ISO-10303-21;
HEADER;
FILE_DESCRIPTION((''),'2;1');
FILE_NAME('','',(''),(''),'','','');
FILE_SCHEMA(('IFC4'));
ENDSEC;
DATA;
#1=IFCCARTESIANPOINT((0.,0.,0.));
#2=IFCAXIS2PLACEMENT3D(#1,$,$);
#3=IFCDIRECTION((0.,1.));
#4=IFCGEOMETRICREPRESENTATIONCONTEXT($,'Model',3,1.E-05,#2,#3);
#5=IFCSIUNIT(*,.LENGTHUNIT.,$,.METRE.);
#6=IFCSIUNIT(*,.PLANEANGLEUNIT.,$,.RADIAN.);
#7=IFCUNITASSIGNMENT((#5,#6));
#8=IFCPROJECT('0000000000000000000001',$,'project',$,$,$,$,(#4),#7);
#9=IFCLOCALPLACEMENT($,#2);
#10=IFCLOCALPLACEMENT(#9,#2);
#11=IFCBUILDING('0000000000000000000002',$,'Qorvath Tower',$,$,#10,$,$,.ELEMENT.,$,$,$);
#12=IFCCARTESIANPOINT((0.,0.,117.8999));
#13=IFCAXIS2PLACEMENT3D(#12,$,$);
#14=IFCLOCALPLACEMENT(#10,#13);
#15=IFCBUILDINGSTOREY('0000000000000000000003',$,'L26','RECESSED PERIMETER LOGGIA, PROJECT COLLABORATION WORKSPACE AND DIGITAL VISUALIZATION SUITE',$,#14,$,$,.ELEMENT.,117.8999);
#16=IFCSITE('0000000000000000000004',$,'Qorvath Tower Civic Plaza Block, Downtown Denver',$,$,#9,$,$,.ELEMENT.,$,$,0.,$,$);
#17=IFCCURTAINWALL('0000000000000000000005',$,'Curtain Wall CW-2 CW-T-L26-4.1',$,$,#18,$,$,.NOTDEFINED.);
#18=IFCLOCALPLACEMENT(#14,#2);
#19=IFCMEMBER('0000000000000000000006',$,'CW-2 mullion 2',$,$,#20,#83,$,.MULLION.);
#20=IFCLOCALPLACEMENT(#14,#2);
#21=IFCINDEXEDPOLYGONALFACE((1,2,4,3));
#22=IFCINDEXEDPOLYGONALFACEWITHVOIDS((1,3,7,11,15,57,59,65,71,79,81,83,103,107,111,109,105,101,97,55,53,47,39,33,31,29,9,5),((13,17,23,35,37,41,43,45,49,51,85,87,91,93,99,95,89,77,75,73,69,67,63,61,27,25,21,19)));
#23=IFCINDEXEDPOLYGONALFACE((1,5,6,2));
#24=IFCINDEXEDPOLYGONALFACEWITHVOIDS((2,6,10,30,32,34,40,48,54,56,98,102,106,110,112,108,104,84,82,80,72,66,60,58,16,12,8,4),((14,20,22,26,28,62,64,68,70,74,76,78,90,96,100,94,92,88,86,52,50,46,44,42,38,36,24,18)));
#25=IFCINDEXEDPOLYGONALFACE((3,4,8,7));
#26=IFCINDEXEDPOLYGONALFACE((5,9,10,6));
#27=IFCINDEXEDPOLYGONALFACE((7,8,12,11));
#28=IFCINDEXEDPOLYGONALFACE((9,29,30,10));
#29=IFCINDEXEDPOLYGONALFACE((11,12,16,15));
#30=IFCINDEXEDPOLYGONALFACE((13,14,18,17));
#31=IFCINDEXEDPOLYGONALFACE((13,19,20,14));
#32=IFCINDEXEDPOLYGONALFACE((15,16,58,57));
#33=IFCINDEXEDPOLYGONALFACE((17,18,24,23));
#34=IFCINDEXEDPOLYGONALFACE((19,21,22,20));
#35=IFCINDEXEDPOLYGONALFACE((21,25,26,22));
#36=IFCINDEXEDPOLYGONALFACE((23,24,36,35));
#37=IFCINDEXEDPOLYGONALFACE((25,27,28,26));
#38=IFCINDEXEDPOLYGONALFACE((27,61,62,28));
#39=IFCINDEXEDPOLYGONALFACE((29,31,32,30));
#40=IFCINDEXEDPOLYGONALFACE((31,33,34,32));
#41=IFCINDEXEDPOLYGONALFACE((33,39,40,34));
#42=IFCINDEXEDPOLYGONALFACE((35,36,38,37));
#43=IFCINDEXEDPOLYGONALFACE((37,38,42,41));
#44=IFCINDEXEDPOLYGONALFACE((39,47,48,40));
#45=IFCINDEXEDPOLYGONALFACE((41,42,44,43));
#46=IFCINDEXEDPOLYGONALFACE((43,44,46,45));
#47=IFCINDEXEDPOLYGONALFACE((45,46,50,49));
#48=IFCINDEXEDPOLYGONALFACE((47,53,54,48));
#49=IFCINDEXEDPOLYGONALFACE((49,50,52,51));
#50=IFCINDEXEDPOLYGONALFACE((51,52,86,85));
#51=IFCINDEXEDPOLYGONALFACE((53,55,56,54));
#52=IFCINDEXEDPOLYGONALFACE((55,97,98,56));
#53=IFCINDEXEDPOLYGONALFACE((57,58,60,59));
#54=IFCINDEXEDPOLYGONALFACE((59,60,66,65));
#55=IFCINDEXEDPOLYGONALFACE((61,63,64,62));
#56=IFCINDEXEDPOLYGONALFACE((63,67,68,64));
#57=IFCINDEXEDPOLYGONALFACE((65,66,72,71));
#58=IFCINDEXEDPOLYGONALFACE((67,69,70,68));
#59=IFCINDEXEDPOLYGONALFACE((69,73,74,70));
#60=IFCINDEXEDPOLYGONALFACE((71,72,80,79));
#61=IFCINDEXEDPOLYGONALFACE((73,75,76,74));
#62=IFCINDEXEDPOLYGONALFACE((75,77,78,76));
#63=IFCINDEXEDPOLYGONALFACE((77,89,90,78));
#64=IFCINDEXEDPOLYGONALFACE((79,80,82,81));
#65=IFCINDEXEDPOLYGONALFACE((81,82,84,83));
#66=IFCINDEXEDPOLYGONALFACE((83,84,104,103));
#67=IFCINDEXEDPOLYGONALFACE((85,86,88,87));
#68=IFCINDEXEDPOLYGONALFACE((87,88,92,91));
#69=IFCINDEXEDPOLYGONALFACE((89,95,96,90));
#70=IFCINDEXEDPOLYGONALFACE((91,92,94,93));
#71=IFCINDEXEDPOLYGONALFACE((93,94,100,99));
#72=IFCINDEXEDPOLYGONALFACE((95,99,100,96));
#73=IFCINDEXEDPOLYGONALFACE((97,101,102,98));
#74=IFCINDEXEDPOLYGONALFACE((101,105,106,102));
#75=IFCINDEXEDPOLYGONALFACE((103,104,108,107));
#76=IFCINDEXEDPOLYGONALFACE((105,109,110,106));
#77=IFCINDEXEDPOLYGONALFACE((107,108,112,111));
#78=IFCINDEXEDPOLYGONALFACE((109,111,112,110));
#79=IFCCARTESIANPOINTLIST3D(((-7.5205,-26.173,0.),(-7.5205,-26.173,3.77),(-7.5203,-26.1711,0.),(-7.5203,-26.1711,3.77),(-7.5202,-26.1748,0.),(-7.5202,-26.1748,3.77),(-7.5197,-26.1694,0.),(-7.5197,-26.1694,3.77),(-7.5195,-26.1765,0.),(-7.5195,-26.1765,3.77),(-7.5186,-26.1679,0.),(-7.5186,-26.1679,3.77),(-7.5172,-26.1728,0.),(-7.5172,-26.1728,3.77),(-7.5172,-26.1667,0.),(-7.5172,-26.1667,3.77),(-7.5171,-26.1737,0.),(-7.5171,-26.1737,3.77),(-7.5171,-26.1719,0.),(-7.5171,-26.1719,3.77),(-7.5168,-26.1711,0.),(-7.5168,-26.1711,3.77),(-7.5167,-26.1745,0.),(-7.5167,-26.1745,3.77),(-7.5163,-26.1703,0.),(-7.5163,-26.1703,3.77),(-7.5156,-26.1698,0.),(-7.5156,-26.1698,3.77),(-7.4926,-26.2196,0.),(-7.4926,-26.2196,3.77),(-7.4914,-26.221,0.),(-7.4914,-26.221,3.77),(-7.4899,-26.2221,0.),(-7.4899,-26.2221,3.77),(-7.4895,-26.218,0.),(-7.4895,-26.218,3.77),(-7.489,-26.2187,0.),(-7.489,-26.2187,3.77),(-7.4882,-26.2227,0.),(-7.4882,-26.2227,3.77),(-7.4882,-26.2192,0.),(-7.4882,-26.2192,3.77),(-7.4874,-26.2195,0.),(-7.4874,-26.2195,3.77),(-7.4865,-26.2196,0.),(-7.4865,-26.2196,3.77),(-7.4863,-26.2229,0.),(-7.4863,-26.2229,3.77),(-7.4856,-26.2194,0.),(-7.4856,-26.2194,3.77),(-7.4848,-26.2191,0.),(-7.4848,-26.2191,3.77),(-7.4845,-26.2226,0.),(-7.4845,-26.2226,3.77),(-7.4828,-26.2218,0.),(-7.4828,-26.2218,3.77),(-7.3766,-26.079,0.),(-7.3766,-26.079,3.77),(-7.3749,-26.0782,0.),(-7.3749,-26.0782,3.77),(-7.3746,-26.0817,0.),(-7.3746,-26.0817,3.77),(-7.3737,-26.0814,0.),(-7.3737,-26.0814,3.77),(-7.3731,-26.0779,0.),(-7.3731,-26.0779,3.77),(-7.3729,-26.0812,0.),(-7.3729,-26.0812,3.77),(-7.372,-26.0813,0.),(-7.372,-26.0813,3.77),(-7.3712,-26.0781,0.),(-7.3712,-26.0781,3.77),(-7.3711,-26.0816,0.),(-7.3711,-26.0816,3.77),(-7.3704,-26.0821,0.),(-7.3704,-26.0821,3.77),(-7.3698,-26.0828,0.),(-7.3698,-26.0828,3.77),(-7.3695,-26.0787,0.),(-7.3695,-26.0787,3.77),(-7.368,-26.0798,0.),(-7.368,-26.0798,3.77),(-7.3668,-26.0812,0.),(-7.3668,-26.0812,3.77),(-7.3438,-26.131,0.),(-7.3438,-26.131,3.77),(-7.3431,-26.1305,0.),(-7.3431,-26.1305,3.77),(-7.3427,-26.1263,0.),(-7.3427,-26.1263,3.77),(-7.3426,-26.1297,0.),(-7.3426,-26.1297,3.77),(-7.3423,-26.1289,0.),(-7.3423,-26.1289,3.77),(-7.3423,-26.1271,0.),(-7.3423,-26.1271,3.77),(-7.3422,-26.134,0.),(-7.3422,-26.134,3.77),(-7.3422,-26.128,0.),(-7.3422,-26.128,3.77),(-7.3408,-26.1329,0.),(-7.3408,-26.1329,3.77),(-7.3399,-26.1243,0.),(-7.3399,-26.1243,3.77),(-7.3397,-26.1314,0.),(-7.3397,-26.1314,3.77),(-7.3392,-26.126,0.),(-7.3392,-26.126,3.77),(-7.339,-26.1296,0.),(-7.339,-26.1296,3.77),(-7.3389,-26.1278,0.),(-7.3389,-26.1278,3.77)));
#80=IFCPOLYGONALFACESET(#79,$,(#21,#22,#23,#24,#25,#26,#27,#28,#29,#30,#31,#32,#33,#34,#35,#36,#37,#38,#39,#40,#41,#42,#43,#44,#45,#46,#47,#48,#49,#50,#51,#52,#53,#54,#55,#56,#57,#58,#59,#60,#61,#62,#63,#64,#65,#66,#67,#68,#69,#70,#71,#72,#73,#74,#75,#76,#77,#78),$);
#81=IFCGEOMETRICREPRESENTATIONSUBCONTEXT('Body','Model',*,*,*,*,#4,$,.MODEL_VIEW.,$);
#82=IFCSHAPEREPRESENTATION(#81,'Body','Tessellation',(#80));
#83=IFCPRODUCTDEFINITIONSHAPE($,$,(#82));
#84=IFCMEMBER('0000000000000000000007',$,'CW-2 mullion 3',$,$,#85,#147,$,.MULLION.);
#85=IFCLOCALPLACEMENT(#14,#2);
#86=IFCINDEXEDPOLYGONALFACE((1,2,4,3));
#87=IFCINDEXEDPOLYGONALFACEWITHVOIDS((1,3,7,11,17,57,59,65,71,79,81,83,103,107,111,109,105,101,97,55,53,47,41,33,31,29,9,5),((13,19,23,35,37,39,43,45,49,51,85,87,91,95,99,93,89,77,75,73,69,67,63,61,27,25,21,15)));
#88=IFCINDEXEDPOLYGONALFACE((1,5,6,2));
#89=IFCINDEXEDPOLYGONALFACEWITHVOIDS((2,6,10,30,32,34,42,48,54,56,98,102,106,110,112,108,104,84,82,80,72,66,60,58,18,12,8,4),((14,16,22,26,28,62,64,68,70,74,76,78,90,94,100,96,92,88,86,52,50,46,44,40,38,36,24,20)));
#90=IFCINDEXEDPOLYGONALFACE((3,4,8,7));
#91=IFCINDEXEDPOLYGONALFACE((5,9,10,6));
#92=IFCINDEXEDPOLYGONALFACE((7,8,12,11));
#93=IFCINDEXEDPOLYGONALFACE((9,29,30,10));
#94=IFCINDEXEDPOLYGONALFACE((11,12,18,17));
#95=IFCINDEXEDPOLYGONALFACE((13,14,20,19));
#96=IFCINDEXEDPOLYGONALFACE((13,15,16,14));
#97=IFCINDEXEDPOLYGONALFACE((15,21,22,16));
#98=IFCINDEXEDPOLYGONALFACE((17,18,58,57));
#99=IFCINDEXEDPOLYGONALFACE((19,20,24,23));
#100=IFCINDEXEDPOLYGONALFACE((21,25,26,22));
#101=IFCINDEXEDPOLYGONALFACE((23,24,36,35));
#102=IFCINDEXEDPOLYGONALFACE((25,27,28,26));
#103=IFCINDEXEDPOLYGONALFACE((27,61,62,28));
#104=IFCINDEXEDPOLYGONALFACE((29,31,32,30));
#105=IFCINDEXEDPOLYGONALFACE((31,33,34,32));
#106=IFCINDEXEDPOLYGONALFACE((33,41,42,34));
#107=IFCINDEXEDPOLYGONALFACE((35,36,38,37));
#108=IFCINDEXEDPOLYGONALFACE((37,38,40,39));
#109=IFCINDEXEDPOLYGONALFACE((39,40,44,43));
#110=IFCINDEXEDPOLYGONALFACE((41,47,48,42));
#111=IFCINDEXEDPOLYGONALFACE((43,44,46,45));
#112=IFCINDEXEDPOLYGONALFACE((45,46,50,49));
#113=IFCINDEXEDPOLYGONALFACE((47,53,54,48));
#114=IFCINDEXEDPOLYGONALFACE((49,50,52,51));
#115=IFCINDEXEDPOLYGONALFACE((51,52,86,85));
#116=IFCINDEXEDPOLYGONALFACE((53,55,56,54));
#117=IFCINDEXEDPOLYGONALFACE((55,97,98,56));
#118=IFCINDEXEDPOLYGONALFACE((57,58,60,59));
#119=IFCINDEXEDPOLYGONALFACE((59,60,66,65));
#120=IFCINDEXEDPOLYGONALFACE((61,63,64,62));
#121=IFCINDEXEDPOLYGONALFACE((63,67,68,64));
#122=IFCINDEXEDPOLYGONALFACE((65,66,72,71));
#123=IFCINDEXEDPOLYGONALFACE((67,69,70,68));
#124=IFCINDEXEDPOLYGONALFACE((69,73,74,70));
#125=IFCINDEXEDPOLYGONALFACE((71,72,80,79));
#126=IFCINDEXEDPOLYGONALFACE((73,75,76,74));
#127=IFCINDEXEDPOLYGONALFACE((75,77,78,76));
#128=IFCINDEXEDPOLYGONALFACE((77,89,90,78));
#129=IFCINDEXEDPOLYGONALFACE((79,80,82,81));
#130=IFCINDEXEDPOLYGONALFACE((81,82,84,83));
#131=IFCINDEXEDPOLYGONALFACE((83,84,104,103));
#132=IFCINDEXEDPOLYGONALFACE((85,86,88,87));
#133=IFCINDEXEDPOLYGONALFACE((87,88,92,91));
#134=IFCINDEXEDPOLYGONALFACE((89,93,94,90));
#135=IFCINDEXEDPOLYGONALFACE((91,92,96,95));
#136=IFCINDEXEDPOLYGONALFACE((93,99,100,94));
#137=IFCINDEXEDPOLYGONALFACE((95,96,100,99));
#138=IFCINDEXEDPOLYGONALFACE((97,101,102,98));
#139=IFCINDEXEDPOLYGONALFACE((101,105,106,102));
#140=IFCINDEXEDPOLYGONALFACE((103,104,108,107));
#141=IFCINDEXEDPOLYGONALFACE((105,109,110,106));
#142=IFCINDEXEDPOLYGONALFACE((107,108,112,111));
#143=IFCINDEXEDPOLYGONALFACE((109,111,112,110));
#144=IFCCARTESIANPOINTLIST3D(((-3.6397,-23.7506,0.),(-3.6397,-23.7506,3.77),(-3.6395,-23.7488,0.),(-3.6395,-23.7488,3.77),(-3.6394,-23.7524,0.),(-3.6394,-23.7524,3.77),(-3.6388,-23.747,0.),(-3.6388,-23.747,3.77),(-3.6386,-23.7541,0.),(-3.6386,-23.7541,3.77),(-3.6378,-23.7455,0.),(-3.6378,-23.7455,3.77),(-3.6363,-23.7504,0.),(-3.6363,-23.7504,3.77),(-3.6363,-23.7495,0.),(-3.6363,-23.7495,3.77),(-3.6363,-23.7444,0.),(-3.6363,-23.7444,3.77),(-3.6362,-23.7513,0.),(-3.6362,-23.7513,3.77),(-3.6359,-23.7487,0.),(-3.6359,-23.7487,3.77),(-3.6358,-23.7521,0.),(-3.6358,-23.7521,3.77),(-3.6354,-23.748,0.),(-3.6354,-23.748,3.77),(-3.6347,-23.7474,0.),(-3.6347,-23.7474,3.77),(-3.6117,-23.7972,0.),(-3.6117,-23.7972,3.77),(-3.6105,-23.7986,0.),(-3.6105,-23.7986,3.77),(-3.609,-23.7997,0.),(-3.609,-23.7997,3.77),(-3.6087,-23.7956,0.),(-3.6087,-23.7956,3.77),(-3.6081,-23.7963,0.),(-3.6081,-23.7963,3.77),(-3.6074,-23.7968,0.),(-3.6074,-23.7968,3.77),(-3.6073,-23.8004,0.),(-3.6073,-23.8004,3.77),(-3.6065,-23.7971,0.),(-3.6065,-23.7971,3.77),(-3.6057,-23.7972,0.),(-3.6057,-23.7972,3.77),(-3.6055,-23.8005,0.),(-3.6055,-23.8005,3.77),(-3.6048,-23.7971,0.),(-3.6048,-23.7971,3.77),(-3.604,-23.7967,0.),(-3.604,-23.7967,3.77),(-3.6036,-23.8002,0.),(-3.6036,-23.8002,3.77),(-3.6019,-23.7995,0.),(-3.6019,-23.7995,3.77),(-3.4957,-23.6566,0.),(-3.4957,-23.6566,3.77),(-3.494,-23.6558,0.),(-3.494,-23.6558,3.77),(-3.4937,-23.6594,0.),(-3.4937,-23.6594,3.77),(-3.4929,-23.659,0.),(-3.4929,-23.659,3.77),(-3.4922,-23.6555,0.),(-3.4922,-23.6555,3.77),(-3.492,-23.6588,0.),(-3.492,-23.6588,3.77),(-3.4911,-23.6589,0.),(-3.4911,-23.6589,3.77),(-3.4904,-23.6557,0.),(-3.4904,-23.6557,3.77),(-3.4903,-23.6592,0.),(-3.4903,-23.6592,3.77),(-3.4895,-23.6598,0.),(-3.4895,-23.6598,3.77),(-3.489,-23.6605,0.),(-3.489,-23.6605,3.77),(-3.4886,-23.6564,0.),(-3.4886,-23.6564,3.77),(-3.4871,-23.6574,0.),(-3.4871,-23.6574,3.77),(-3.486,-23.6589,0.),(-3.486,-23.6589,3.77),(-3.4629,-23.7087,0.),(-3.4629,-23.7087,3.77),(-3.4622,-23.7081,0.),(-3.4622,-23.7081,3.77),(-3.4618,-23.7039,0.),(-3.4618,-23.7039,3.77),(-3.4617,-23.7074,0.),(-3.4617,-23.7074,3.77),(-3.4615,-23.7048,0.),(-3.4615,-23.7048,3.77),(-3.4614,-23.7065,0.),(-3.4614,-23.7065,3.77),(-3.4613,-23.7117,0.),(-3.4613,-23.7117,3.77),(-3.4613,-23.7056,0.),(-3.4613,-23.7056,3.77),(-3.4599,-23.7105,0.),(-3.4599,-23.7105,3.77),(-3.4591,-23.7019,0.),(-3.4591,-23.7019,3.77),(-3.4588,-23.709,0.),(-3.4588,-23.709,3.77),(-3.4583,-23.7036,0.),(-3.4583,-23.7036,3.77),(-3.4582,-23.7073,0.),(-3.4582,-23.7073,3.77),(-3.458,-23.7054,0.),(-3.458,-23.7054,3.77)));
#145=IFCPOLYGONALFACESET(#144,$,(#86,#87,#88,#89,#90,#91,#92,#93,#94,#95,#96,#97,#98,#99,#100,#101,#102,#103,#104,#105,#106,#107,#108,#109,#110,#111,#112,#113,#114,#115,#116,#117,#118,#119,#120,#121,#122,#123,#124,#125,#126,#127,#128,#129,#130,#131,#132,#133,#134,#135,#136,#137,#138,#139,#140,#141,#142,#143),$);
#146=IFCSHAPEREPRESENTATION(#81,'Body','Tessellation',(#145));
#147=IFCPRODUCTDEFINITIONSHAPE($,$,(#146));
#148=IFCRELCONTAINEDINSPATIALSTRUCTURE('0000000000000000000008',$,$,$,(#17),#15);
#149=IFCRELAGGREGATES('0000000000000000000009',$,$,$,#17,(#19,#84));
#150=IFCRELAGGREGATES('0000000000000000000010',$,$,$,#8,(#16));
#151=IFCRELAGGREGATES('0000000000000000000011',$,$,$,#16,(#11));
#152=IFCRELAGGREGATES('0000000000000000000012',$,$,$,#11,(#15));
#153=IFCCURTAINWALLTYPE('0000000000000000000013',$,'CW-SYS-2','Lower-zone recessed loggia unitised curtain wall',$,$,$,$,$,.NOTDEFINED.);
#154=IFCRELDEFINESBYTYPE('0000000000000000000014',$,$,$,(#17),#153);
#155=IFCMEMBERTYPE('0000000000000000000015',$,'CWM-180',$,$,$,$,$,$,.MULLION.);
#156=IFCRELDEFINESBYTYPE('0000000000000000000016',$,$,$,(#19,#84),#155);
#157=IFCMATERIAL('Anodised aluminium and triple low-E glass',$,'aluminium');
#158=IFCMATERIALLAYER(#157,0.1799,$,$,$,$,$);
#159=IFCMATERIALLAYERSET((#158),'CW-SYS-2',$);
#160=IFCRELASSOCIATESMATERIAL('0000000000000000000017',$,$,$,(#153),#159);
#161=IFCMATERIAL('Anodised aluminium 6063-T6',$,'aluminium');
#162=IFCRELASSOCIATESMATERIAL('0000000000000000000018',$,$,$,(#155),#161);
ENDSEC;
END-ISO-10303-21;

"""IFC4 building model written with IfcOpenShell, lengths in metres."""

from ifc_helpers import new_model, si_unit, direction, frame, origin, origin_2d, place, context, subcontext, project, spatial, hollow_rectangle, extrude, material, layer, layer_set, material_profile, profile_set, type_object, element, aggregate, save


model = new_model("IFC4")

# Units and contexts
model_context = context("Model", 3, precision=1e-05, world=origin(), true_north=direction((0.0, 1.0)))
body_context = subcontext(model_context, "Body", "Model", "MODEL_VIEW")
ifc_project = project(units=[si_unit("LENGTHUNIT", "METRE"), si_unit("PLANEANGLEUNIT", "RADIAN")], contexts=[model_context])

# Site, building, storey
site_placement = place(None, origin())
site = spatial("IfcSite", under=ifc_project, at=site_placement, Name="Qorvath Tower Civic Plaza Block, Downtown Denver", CompositionType="ELEMENT", RefElevation=0.0)
building_placement = place(site_placement, origin())
building = spatial("IfcBuilding", under=site, at=building_placement, Name="Qorvath Tower", CompositionType="ELEMENT")
storey_placement = place(building_placement, frame((0.0, 0.0, 117.8999)))
storey = spatial("IfcBuildingStorey", under=building, at=storey_placement, Name="L26", Description="RECESSED PERIMETER LOGGIA, PROJECT COLLABORATION WORKSPACE AND DIGITAL VISUALIZATION SUITE", CompositionType="ELEMENT", Elevation=117.8999)

# Curtain wall, members
ifc_material_1 = material(Name="Anodised aluminium and triple low-E glass", Category="aluminium")
ifc_layer_1 = layer(ifc_material_1, 0.1799)
ifc_layer_set_1 = layer_set([ifc_layer_1], Name="CW-SYS-2")
curtain_wall_type = type_object("IfcCurtainWallType", Name="CW-SYS-2", Description="Lower-zone recessed loggia unitised curtain wall", PredefinedType="NOTDEFINED", material=ifc_layer_set_1)
curtain_wall_1_placement = place(storey_placement, origin())
curtain_wall_1 = element("IfcCurtainWall", 1, at=curtain_wall_1_placement, inside=storey, type_object=curtain_wall_type, Name="Curtain Wall CW-2 CW-T-L26-4.1", PredefinedType="NOTDEFINED")
ifc_material_2 = material(Name="Anodised aluminium 6063-T6", Category="aluminium")
ifc_material_profile_1 = material_profile(ifc_material_2, hollow_rectangle(XDim=0.0649, YDim=0.1799, WallThickness=0.0034, InnerFilletRadius=0.0034, OuterFilletRadius=0.0071, at=origin_2d()), Name="CWM 180x65")
ifc_profile_set_1 = profile_set([ifc_material_profile_1], Name="Anodised aluminium 6063-T6")
member_type_1 = type_object("IfcMemberType", Name="CWM-180", PredefinedType="MULLION", material=ifc_profile_set_1)
member_1_placement = place(storey_placement, frame((-7.4297, -26.1504, 0.0), z_axis=(0.0, 0.0, 1.0), x_axis=(-0.529503, 0.848308, 0.0)))
member_1 = element("IfcMember", 2, at=member_1_placement, type_object=member_type_1, Name="CW-2 mullion 2", PredefinedType="MULLION", context=body_context, shape_type="SweptSolid", body=[
    extrude(hollow_rectangle(XDim=0.0649, YDim=0.1799, WallThickness=0.0034, InnerFilletRadius=0.0034, OuterFilletRadius=0.0071, at=origin_2d()), origin(), (0.0, 0.0, 1.0), 3.77),
])
member_2_placement = place(storey_placement, frame((-3.5488, -23.728, 0.0), z_axis=(0.0, 0.0, 1.0), x_axis=(-0.529503, 0.848308, 0.0)))
member_2 = element("IfcMember", 3, at=member_2_placement, type_object=member_type_1, Name="CW-2 mullion 3", PredefinedType="MULLION", context=body_context, shape_type="SweptSolid", body=[
    extrude(hollow_rectangle(XDim=0.0649, YDim=0.1799, WallThickness=0.0034, InnerFilletRadius=0.0034, OuterFilletRadius=0.0071, at=origin_2d()), origin(), (0.0, 0.0, 1.0), 3.77),
])

aggregate(curtain_wall_1, [member_1, member_2])

save(model, "model.ifc")
